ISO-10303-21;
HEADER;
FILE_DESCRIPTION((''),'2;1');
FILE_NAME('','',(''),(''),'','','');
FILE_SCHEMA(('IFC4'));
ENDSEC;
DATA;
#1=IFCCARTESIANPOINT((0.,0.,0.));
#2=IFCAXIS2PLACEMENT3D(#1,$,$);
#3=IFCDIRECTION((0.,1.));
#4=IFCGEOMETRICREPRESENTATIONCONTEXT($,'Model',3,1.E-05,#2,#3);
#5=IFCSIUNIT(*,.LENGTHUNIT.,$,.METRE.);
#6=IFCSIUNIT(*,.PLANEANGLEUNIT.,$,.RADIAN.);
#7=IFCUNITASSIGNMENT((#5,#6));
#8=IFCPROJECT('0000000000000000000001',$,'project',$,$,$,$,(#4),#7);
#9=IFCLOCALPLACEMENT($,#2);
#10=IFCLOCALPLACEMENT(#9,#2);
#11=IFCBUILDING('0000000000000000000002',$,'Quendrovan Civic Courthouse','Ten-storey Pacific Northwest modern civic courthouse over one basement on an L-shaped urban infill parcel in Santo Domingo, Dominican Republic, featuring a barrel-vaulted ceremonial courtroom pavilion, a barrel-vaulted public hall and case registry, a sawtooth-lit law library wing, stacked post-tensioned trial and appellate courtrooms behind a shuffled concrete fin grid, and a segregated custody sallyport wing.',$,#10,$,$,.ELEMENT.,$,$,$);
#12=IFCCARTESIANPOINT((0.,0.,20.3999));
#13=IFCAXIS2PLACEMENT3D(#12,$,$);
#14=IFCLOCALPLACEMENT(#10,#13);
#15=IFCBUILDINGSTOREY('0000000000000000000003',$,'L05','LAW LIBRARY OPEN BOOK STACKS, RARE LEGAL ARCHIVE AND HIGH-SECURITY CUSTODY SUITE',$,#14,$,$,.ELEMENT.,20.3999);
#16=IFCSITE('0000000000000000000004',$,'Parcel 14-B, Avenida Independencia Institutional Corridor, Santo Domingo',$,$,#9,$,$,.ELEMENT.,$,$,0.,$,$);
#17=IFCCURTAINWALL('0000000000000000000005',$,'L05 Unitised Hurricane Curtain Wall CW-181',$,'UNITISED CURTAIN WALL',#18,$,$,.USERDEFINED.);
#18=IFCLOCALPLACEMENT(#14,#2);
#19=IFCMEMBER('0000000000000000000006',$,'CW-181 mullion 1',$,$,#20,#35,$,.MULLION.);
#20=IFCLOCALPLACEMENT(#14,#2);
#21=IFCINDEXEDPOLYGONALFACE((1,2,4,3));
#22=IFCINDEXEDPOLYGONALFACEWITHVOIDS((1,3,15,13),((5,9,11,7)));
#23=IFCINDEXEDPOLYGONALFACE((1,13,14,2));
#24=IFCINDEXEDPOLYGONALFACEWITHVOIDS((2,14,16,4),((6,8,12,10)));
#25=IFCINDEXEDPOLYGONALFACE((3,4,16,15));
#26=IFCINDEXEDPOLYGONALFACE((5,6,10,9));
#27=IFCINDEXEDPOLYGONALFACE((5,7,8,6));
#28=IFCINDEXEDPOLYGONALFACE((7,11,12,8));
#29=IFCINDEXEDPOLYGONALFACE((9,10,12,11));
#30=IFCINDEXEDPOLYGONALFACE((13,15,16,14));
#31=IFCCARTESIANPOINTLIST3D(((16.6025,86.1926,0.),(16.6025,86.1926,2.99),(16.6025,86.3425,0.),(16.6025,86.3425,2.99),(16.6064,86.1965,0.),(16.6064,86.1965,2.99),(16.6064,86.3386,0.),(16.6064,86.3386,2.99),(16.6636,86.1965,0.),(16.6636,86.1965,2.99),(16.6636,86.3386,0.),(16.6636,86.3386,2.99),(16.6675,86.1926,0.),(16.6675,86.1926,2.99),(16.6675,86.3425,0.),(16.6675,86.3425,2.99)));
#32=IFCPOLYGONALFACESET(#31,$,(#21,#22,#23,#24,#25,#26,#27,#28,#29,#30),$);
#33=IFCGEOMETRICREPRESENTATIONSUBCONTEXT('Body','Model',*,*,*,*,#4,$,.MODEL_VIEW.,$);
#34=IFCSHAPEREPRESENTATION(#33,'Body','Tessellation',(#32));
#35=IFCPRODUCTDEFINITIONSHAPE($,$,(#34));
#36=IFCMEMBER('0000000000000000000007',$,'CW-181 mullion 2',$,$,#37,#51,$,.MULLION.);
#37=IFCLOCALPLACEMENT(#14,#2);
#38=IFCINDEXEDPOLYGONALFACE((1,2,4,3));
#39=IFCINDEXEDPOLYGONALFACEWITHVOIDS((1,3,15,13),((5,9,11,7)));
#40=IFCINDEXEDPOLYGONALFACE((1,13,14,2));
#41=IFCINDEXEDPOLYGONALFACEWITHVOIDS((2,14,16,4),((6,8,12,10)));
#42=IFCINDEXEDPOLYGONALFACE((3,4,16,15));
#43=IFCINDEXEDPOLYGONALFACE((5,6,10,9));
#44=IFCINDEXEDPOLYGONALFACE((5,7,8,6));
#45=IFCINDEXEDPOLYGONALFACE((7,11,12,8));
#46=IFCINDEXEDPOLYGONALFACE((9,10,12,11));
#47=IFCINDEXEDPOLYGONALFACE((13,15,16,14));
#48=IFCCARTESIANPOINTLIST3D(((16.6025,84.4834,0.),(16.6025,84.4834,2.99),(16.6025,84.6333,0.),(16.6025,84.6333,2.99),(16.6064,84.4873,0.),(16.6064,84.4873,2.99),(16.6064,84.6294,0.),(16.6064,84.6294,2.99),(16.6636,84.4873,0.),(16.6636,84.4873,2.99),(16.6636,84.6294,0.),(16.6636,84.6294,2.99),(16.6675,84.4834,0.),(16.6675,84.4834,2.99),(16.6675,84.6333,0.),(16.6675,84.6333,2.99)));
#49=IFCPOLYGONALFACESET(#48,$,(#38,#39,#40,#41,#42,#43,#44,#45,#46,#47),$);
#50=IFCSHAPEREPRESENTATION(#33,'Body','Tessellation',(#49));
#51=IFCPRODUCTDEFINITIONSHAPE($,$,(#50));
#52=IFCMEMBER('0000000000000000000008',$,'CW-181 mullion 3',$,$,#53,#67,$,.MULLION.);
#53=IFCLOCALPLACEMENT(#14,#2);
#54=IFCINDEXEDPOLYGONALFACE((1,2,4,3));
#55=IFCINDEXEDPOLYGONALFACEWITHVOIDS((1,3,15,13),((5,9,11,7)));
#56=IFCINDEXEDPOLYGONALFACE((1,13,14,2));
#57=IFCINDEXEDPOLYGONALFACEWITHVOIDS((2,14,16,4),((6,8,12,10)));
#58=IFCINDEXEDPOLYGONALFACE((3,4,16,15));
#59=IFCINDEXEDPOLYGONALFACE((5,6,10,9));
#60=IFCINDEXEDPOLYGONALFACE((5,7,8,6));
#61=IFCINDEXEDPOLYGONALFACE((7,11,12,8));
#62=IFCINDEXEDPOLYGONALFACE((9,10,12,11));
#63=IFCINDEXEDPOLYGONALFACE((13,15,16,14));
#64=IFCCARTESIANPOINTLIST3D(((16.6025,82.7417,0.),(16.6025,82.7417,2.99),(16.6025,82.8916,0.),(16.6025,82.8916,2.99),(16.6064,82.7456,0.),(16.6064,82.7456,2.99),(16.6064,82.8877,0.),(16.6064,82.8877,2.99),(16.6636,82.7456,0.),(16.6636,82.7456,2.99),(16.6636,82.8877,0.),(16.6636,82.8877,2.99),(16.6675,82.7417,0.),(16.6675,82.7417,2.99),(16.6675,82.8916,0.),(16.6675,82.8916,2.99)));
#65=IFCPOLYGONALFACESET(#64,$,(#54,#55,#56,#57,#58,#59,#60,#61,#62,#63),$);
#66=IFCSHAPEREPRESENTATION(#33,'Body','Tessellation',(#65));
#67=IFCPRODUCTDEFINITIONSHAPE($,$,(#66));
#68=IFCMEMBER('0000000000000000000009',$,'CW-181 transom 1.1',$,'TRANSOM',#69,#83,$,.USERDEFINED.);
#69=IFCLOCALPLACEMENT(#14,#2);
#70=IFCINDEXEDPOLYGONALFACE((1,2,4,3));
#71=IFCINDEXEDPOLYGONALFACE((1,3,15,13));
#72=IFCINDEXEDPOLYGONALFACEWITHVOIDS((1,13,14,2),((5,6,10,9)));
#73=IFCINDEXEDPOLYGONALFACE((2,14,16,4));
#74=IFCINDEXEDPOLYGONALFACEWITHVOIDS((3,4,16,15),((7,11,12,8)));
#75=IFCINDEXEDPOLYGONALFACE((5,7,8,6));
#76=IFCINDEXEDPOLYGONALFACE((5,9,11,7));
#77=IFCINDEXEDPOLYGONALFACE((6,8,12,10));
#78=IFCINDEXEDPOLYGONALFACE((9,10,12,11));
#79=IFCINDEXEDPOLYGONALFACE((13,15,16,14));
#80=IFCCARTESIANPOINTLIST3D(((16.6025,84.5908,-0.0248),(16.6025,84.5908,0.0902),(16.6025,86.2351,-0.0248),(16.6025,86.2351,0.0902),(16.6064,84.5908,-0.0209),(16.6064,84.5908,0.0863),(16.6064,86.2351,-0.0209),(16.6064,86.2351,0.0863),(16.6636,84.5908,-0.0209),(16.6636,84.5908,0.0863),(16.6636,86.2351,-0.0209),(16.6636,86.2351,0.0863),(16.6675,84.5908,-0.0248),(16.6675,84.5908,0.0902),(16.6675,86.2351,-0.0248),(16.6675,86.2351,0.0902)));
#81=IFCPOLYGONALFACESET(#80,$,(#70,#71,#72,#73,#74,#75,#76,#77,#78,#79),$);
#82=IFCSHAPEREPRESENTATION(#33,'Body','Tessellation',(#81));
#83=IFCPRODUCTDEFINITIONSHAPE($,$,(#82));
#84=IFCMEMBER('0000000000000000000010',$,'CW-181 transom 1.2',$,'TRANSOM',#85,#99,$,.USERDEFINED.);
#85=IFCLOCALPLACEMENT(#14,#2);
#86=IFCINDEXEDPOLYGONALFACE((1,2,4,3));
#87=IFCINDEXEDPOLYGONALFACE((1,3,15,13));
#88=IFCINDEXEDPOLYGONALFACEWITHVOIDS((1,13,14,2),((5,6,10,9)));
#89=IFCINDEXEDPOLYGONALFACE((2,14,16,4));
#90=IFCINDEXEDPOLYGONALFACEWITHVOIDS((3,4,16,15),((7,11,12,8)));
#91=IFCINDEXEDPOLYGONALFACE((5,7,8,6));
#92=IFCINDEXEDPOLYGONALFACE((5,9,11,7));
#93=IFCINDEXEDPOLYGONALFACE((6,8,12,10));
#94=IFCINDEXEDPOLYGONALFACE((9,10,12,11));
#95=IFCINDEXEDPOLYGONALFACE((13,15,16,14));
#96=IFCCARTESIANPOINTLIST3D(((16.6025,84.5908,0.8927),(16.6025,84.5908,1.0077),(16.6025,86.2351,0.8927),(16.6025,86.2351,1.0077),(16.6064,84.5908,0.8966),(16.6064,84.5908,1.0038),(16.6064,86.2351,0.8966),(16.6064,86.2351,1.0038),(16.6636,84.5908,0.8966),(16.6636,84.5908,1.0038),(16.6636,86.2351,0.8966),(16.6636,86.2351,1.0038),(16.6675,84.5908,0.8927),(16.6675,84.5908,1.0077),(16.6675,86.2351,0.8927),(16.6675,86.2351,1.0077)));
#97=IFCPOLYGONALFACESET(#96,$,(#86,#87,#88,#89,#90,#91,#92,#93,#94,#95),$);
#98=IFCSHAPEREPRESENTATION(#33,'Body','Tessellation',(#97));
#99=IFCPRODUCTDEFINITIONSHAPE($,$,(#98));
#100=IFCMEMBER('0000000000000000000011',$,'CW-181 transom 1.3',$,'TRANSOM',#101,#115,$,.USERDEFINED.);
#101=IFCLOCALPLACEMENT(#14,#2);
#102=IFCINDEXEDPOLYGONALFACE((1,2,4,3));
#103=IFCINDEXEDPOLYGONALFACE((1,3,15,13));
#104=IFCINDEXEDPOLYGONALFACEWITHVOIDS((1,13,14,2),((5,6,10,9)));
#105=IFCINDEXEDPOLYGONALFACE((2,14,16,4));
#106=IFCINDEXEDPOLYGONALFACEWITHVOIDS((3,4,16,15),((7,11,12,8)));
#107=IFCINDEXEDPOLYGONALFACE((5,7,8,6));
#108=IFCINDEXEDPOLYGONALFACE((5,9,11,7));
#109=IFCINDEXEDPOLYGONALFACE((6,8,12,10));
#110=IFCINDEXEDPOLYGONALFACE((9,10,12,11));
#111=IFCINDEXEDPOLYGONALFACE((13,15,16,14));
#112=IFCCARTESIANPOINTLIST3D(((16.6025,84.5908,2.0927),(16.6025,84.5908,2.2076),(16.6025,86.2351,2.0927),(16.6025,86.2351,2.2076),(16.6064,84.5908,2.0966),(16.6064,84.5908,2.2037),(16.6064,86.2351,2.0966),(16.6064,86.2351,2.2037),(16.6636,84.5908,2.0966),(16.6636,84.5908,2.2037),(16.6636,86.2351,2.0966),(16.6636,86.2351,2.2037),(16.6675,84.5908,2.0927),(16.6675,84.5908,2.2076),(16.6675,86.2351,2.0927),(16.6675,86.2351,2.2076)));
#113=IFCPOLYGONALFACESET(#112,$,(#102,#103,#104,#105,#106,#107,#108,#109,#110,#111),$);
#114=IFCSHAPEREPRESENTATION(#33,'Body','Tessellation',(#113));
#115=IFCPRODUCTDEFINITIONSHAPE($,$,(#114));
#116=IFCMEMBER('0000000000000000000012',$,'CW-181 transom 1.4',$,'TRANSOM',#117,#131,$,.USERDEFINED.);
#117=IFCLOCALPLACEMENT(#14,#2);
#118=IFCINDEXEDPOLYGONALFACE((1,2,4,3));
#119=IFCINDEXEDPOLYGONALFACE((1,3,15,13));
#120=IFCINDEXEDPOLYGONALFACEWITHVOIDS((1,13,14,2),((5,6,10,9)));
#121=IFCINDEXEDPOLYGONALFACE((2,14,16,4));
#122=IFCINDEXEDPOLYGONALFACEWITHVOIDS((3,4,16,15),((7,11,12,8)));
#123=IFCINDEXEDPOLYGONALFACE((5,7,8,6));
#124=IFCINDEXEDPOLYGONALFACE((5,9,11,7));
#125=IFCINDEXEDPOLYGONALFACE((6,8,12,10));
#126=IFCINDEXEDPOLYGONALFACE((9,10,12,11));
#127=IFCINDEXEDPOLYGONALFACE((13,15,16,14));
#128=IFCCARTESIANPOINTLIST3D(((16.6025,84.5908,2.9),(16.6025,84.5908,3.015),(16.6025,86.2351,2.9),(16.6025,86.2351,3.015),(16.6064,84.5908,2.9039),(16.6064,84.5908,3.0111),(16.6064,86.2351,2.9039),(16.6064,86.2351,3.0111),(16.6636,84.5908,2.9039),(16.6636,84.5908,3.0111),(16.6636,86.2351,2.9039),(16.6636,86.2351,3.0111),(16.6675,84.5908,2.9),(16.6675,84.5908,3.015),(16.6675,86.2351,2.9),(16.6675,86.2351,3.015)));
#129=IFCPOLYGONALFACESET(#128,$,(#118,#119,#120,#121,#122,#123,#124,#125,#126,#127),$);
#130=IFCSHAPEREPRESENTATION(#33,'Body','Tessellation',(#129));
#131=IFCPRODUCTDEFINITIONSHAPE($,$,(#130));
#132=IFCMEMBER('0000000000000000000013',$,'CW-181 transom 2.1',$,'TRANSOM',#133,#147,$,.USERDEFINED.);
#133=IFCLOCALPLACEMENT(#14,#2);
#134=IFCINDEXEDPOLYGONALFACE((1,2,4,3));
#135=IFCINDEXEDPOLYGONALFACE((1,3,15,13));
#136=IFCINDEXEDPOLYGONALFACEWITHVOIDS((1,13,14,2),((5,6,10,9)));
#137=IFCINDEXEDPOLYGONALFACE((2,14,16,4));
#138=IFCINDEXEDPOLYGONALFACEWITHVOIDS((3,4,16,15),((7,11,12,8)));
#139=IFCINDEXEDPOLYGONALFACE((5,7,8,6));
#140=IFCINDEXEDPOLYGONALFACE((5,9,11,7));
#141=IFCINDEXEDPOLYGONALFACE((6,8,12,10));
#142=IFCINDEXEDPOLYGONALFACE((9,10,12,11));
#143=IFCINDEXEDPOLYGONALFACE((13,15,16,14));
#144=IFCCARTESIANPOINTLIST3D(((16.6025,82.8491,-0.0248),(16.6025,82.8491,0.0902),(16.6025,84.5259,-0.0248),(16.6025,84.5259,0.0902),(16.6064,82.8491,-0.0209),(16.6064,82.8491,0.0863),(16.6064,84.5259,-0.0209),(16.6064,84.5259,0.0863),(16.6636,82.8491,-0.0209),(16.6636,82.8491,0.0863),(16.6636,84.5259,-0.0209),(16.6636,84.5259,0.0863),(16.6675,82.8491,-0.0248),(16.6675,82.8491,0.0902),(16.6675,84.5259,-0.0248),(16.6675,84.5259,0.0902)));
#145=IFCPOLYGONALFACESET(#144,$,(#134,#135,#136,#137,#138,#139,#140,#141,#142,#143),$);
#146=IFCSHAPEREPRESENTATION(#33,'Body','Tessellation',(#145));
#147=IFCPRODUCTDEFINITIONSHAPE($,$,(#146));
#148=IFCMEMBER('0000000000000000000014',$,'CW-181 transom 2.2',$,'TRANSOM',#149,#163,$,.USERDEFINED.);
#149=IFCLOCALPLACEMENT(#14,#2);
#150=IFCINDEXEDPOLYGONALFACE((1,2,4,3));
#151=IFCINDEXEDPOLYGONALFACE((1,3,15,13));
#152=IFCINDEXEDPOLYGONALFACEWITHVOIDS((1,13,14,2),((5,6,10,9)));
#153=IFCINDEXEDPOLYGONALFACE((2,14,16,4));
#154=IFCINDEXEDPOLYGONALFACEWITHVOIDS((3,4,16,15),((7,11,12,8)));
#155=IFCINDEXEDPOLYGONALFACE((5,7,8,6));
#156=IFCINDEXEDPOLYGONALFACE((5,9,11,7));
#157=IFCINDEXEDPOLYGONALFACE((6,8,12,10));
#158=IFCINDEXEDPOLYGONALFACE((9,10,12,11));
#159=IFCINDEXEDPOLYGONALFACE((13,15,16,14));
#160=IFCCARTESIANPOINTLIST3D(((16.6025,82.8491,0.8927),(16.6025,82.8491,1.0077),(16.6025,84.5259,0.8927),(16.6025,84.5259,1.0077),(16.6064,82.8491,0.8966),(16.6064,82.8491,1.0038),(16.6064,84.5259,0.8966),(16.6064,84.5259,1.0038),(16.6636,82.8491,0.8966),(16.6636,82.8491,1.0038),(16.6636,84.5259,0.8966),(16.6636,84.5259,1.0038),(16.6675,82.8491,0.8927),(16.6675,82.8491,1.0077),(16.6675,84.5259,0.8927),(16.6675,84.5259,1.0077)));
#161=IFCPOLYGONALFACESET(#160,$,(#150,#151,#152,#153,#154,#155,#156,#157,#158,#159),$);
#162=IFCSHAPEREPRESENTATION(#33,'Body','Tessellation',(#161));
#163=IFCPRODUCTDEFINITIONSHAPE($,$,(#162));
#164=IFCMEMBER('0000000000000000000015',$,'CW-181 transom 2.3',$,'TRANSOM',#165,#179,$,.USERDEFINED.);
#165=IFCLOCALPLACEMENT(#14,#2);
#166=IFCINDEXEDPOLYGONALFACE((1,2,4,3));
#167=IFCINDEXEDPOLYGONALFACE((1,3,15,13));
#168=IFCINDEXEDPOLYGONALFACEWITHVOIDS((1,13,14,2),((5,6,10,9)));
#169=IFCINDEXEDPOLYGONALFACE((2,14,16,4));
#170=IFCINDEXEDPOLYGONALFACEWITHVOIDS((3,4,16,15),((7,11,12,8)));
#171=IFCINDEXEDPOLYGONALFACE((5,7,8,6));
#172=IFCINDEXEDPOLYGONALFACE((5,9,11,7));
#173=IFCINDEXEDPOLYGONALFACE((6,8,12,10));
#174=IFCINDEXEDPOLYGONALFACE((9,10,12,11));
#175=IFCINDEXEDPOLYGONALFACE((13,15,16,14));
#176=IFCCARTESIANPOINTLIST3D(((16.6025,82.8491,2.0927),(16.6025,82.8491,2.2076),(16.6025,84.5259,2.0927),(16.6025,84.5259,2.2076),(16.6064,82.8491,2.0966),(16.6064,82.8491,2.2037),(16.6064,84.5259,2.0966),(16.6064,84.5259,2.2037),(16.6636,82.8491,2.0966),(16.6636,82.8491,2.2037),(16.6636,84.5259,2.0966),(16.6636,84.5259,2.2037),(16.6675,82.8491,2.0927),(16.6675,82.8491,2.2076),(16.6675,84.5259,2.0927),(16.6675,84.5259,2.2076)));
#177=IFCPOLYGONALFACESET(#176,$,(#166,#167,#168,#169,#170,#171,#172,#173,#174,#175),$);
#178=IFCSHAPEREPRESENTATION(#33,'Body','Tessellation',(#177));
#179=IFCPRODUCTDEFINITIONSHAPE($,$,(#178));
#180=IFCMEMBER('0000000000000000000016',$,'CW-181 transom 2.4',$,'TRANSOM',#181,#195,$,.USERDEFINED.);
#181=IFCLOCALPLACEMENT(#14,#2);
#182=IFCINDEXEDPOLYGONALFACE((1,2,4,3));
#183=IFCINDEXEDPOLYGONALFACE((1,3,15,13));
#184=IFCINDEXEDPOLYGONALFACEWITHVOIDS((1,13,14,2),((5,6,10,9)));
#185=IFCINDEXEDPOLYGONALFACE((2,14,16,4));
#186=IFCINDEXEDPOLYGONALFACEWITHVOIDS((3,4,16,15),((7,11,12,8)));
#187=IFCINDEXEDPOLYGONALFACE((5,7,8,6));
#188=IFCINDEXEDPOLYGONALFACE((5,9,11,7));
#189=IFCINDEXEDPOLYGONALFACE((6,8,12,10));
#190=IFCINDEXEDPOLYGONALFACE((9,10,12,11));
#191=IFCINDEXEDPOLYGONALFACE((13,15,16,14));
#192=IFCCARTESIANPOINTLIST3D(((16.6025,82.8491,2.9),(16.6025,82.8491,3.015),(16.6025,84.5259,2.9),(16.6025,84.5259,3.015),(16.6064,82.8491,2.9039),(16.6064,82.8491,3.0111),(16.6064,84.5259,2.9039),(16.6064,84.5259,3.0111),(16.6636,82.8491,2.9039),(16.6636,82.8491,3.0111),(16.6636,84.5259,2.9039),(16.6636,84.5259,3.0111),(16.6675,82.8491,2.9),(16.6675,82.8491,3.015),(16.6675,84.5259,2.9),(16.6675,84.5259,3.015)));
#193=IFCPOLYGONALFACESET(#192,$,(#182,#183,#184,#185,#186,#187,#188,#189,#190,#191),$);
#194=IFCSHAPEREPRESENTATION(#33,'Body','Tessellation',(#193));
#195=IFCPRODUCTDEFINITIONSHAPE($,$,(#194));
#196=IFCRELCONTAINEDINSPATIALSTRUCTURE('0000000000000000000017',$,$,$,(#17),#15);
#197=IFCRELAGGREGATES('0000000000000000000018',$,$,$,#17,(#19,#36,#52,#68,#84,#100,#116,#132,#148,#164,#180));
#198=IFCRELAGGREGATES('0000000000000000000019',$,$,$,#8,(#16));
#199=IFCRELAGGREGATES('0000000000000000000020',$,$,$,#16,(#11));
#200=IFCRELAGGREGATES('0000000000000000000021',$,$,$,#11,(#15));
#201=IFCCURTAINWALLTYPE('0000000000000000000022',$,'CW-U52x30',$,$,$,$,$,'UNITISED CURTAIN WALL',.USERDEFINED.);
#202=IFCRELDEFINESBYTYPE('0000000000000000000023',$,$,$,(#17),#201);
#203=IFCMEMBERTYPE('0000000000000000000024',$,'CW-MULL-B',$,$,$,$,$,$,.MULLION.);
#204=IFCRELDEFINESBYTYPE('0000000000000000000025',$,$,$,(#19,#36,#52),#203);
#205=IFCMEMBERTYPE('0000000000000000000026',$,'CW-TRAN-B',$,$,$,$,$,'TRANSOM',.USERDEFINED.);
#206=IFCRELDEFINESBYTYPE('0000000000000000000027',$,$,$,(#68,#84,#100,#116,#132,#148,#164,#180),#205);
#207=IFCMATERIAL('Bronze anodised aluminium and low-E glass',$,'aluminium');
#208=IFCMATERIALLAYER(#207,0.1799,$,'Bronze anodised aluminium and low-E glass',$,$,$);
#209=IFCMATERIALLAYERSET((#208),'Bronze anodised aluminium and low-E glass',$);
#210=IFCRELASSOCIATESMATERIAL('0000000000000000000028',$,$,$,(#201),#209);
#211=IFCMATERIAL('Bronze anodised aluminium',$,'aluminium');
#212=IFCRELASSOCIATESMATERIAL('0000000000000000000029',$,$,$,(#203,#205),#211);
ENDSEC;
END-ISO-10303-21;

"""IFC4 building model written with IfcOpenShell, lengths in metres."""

from ifc_helpers import new_model, si_unit, direction, frame, origin, origin_2d, place, context, subcontext, project, spatial, hollow_rectangle, extrude, material, layer, layer_set, material_profile, profile_set, type_object, element, aggregate, save


model = new_model("IFC4")

# Units and contexts
model_context = context("Model", 3, precision=1e-05, world=origin(), true_north=direction((0.0, 1.0)))
body_context = subcontext(model_context, "Body", "Model", "MODEL_VIEW")
ifc_project = project(units=[si_unit("LENGTHUNIT", "METRE"), si_unit("PLANEANGLEUNIT", "RADIAN")], contexts=[model_context])

# Site, building, storey
site_placement = place(None, origin())
site = spatial("IfcSite", under=ifc_project, at=site_placement, Name="Parcel 14-B, Avenida Independencia Institutional Corridor, Santo Domingo", CompositionType="ELEMENT", RefElevation=0.0)
building_placement = place(site_placement, origin())
building = spatial("IfcBuilding", under=site, at=building_placement, Name="Quendrovan Civic Courthouse", Description="Ten-storey Pacific Northwest modern civic courthouse over one basement on an L-shaped urban infill parcel in Santo Domingo, Dominican Republic, featuring a barrel-vaulted ceremonial courtroom pavilion, a barrel-vaulted public hall and case registry, a sawtooth-lit law library wing, stacked post-tensioned trial and appellate courtrooms behind a shuffled concrete fin grid, and a segregated custody sallyport wing.", CompositionType="ELEMENT")
storey_placement = place(building_placement, frame((0.0, 0.0, 20.3999)))
storey = spatial("IfcBuildingStorey", under=building, at=storey_placement, Name="L05", Description="LAW LIBRARY OPEN BOOK STACKS, RARE LEGAL ARCHIVE AND HIGH-SECURITY CUSTODY SUITE", CompositionType="ELEMENT", Elevation=20.3999)

# Curtain wall, members
ifc_material_1 = material(Name="Bronze anodised aluminium and low-E glass", Category="aluminium")
ifc_layer_1 = layer(ifc_material_1, 0.1799, Name="Bronze anodised aluminium and low-E glass")
ifc_layer_set_1 = layer_set([ifc_layer_1], Name="Bronze anodised aluminium and low-E glass")
curtain_wall_type = type_object("IfcCurtainWallType", Name="CW-U52x30", ElementType="UNITISED CURTAIN WALL", PredefinedType="USERDEFINED", material=ifc_layer_set_1)
curtain_wall_placement = place(storey_placement, origin())
curtain_wall = element("IfcCurtainWall", 1, at=curtain_wall_placement, inside=storey, type_object=curtain_wall_type, Name="L05 Unitised Hurricane Curtain Wall CW-181", ObjectType="UNITISED CURTAIN WALL", PredefinedType="USERDEFINED")
ifc_material_2 = material(Name="Bronze anodised aluminium", Category="aluminium")
ifc_material_profile_1 = material_profile(ifc_material_2, hollow_rectangle(XDim=0.0649, YDim=0.1499, WallThickness=0.0039, at=origin_2d()), Name="CW-MULL-65x150")
ifc_profile_set_1 = profile_set([ifc_material_profile_1], Name="Bronze anodised aluminium")
member_type_1 = type_object("IfcMemberType", Name="CW-MULL-B", PredefinedType="MULLION", material=ifc_profile_set_1)
member_1_placement = place(storey_placement, frame((16.635, 86.2676, 0.0), z_axis=(0.0, 0.0, 1.0), x_axis=(1.0, 0.0, 0.0)))
member_1 = element("IfcMember", 2, at=member_1_placement, type_object=member_type_1, Name="CW-181 mullion 1", PredefinedType="MULLION", context=body_context, shape_type="SweptSolid", body=[
    extrude(hollow_rectangle(XDim=0.0649, YDim=0.1499, WallThickness=0.0039, at=origin_2d()), origin(), (0.0, 0.0, 1.0), 2.99),
])
member_2_placement = place(storey_placement, frame((16.635, 84.5583, 0.0), z_axis=(0.0, 0.0, 1.0), x_axis=(1.0, 0.0, 0.0)))
member_2 = element("IfcMember", 3, at=member_2_placement, type_object=member_type_1, Name="CW-181 mullion 2", PredefinedType="MULLION", context=body_context, shape_type="SweptSolid", body=[
    extrude(hollow_rectangle(XDim=0.0649, YDim=0.1499, WallThickness=0.0039, at=origin_2d()), origin(), (0.0, 0.0, 1.0), 2.99),
])
member_3_placement = place(storey_placement, frame((16.635, 82.8167, 0.0), z_axis=(0.0, 0.0, 1.0), x_axis=(1.0, 0.0, 0.0)))
member_3 = element("IfcMember", 4, at=member_3_placement, type_object=member_type_1, Name="CW-181 mullion 3", PredefinedType="MULLION", context=body_context, shape_type="SweptSolid", body=[
    extrude(hollow_rectangle(XDim=0.0649, YDim=0.1499, WallThickness=0.0039, at=origin_2d()), origin(), (0.0, 0.0, 1.0), 2.99),
])
ifc_material_profile_2 = material_profile(ifc_material_2, hollow_rectangle(XDim=0.0649, YDim=0.115, WallThickness=0.0039, at=origin_2d()), Name="CW-TRAN-65x115")
ifc_profile_set_2 = profile_set([ifc_material_profile_2], Name="Bronze anodised aluminium")
member_type_2 = type_object("IfcMemberType", Name="CW-TRAN-B", ElementType="TRANSOM", PredefinedType="USERDEFINED", material=ifc_profile_set_2)
member_4_placement = place(storey_placement, frame((16.635, 86.2351, 0.0327), z_axis=(0.0, -1.0, 0.0), x_axis=(1.0, 0.0, 0.0)))
member_4 = element("IfcMember", 5, at=member_4_placement, type_object=member_type_2, Name="CW-181 transom 1.1", ObjectType="TRANSOM", PredefinedType="USERDEFINED", context=body_context, shape_type="SweptSolid", body=[
    extrude(hollow_rectangle(XDim=0.0649, YDim=0.115, WallThickness=0.0039, at=origin_2d()), origin(), (0.0, 0.0, 1.0), 1.6443),
])
member_5_placement = place(storey_placement, frame((16.635, 86.2351, 0.9502), z_axis=(0.0, -1.0, 0.0), x_axis=(1.0, 0.0, 0.0)))
member_5 = element("IfcMember", 6, at=member_5_placement, type_object=member_type_2, Name="CW-181 transom 1.2", ObjectType="TRANSOM", PredefinedType="USERDEFINED", context=body_context, shape_type="SweptSolid", body=[
    extrude(hollow_rectangle(XDim=0.0649, YDim=0.115, WallThickness=0.0039, at=origin_2d()), origin(), (0.0, 0.0, 1.0), 1.6443),
])
member_6_placement = place(storey_placement, frame((16.635, 86.2351, 2.1501), z_axis=(0.0, -1.0, 0.0), x_axis=(1.0, 0.0, 0.0)))
member_6 = element("IfcMember", 7, at=member_6_placement, type_object=member_type_2, Name="CW-181 transom 1.3", ObjectType="TRANSOM", PredefinedType="USERDEFINED", context=body_context, shape_type="SweptSolid", body=[
    extrude(hollow_rectangle(XDim=0.0649, YDim=0.115, WallThickness=0.0039, at=origin_2d()), origin(), (0.0, 0.0, 1.0), 1.6443),
])
member_7_placement = place(storey_placement, frame((16.635, 86.2351, 2.9575), z_axis=(0.0, -1.0, 0.0), x_axis=(1.0, 0.0, 0.0)))
member_7 = element("IfcMember", 8, at=member_7_placement, type_object=member_type_2, Name="CW-181 transom 1.4", ObjectType="TRANSOM", PredefinedType="USERDEFINED", context=body_context, shape_type="SweptSolid", body=[
    extrude(hollow_rectangle(XDim=0.0649, YDim=0.115, WallThickness=0.0039, at=origin_2d()), origin(), (0.0, 0.0, 1.0), 1.6443),
])
member_8_placement = place(storey_placement, frame((16.635, 84.5259, 0.0327), z_axis=(0.0, -1.0, 0.0), x_axis=(1.0, 0.0, 0.0)))
member_8 = element("IfcMember", 9, at=member_8_placement, type_object=member_type_2, Name="CW-181 transom 2.1", ObjectType="TRANSOM", PredefinedType="USERDEFINED", context=body_context, shape_type="SweptSolid", body=[
    extrude(hollow_rectangle(XDim=0.0649, YDim=0.115, WallThickness=0.0039, at=origin_2d()), origin(), (0.0, 0.0, 1.0), 1.6768),
])
member_9_placement = place(storey_placement, frame((16.635, 84.5259, 0.9502), z_axis=(0.0, -1.0, 0.0), x_axis=(1.0, 0.0, 0.0)))
member_9 = element("IfcMember", 10, at=member_9_placement, type_object=member_type_2, Name="CW-181 transom 2.2", ObjectType="TRANSOM", PredefinedType="USERDEFINED", context=body_context, shape_type="SweptSolid", body=[
    extrude(hollow_rectangle(XDim=0.0649, YDim=0.115, WallThickness=0.0039, at=origin_2d()), origin(), (0.0, 0.0, 1.0), 1.6768),
])
member_10_placement = place(storey_placement, frame((16.635, 84.5259, 2.1501), z_axis=(0.0, -1.0, 0.0), x_axis=(1.0, 0.0, 0.0)))
member_10 = element("IfcMember", 11, at=member_10_placement, type_object=member_type_2, Name="CW-181 transom 2.3", ObjectType="TRANSOM", PredefinedType="USERDEFINED", context=body_context, shape_type="SweptSolid", body=[
    extrude(hollow_rectangle(XDim=0.0649, YDim=0.115, WallThickness=0.0039, at=origin_2d()), origin(), (0.0, 0.0, 1.0), 1.6768),
])
member_11_placement = place(storey_placement, frame((16.635, 84.5259, 2.9575), z_axis=(0.0, -1.0, 0.0), x_axis=(1.0, 0.0, 0.0)))
member_11 = element("IfcMember", 12, at=member_11_placement, type_object=member_type_2, Name="CW-181 transom 2.4", ObjectType="TRANSOM", PredefinedType="USERDEFINED", context=body_context, shape_type="SweptSolid", body=[
    extrude(hollow_rectangle(XDim=0.0649, YDim=0.115, WallThickness=0.0039, at=origin_2d()), origin(), (0.0, 0.0, 1.0), 1.6768),
])
aggregate(curtain_wall, [member_1, member_2, member_3, member_4, member_5, member_6, member_7, member_8, member_9, member_10, member_11])

save(model, "model.ifc")
